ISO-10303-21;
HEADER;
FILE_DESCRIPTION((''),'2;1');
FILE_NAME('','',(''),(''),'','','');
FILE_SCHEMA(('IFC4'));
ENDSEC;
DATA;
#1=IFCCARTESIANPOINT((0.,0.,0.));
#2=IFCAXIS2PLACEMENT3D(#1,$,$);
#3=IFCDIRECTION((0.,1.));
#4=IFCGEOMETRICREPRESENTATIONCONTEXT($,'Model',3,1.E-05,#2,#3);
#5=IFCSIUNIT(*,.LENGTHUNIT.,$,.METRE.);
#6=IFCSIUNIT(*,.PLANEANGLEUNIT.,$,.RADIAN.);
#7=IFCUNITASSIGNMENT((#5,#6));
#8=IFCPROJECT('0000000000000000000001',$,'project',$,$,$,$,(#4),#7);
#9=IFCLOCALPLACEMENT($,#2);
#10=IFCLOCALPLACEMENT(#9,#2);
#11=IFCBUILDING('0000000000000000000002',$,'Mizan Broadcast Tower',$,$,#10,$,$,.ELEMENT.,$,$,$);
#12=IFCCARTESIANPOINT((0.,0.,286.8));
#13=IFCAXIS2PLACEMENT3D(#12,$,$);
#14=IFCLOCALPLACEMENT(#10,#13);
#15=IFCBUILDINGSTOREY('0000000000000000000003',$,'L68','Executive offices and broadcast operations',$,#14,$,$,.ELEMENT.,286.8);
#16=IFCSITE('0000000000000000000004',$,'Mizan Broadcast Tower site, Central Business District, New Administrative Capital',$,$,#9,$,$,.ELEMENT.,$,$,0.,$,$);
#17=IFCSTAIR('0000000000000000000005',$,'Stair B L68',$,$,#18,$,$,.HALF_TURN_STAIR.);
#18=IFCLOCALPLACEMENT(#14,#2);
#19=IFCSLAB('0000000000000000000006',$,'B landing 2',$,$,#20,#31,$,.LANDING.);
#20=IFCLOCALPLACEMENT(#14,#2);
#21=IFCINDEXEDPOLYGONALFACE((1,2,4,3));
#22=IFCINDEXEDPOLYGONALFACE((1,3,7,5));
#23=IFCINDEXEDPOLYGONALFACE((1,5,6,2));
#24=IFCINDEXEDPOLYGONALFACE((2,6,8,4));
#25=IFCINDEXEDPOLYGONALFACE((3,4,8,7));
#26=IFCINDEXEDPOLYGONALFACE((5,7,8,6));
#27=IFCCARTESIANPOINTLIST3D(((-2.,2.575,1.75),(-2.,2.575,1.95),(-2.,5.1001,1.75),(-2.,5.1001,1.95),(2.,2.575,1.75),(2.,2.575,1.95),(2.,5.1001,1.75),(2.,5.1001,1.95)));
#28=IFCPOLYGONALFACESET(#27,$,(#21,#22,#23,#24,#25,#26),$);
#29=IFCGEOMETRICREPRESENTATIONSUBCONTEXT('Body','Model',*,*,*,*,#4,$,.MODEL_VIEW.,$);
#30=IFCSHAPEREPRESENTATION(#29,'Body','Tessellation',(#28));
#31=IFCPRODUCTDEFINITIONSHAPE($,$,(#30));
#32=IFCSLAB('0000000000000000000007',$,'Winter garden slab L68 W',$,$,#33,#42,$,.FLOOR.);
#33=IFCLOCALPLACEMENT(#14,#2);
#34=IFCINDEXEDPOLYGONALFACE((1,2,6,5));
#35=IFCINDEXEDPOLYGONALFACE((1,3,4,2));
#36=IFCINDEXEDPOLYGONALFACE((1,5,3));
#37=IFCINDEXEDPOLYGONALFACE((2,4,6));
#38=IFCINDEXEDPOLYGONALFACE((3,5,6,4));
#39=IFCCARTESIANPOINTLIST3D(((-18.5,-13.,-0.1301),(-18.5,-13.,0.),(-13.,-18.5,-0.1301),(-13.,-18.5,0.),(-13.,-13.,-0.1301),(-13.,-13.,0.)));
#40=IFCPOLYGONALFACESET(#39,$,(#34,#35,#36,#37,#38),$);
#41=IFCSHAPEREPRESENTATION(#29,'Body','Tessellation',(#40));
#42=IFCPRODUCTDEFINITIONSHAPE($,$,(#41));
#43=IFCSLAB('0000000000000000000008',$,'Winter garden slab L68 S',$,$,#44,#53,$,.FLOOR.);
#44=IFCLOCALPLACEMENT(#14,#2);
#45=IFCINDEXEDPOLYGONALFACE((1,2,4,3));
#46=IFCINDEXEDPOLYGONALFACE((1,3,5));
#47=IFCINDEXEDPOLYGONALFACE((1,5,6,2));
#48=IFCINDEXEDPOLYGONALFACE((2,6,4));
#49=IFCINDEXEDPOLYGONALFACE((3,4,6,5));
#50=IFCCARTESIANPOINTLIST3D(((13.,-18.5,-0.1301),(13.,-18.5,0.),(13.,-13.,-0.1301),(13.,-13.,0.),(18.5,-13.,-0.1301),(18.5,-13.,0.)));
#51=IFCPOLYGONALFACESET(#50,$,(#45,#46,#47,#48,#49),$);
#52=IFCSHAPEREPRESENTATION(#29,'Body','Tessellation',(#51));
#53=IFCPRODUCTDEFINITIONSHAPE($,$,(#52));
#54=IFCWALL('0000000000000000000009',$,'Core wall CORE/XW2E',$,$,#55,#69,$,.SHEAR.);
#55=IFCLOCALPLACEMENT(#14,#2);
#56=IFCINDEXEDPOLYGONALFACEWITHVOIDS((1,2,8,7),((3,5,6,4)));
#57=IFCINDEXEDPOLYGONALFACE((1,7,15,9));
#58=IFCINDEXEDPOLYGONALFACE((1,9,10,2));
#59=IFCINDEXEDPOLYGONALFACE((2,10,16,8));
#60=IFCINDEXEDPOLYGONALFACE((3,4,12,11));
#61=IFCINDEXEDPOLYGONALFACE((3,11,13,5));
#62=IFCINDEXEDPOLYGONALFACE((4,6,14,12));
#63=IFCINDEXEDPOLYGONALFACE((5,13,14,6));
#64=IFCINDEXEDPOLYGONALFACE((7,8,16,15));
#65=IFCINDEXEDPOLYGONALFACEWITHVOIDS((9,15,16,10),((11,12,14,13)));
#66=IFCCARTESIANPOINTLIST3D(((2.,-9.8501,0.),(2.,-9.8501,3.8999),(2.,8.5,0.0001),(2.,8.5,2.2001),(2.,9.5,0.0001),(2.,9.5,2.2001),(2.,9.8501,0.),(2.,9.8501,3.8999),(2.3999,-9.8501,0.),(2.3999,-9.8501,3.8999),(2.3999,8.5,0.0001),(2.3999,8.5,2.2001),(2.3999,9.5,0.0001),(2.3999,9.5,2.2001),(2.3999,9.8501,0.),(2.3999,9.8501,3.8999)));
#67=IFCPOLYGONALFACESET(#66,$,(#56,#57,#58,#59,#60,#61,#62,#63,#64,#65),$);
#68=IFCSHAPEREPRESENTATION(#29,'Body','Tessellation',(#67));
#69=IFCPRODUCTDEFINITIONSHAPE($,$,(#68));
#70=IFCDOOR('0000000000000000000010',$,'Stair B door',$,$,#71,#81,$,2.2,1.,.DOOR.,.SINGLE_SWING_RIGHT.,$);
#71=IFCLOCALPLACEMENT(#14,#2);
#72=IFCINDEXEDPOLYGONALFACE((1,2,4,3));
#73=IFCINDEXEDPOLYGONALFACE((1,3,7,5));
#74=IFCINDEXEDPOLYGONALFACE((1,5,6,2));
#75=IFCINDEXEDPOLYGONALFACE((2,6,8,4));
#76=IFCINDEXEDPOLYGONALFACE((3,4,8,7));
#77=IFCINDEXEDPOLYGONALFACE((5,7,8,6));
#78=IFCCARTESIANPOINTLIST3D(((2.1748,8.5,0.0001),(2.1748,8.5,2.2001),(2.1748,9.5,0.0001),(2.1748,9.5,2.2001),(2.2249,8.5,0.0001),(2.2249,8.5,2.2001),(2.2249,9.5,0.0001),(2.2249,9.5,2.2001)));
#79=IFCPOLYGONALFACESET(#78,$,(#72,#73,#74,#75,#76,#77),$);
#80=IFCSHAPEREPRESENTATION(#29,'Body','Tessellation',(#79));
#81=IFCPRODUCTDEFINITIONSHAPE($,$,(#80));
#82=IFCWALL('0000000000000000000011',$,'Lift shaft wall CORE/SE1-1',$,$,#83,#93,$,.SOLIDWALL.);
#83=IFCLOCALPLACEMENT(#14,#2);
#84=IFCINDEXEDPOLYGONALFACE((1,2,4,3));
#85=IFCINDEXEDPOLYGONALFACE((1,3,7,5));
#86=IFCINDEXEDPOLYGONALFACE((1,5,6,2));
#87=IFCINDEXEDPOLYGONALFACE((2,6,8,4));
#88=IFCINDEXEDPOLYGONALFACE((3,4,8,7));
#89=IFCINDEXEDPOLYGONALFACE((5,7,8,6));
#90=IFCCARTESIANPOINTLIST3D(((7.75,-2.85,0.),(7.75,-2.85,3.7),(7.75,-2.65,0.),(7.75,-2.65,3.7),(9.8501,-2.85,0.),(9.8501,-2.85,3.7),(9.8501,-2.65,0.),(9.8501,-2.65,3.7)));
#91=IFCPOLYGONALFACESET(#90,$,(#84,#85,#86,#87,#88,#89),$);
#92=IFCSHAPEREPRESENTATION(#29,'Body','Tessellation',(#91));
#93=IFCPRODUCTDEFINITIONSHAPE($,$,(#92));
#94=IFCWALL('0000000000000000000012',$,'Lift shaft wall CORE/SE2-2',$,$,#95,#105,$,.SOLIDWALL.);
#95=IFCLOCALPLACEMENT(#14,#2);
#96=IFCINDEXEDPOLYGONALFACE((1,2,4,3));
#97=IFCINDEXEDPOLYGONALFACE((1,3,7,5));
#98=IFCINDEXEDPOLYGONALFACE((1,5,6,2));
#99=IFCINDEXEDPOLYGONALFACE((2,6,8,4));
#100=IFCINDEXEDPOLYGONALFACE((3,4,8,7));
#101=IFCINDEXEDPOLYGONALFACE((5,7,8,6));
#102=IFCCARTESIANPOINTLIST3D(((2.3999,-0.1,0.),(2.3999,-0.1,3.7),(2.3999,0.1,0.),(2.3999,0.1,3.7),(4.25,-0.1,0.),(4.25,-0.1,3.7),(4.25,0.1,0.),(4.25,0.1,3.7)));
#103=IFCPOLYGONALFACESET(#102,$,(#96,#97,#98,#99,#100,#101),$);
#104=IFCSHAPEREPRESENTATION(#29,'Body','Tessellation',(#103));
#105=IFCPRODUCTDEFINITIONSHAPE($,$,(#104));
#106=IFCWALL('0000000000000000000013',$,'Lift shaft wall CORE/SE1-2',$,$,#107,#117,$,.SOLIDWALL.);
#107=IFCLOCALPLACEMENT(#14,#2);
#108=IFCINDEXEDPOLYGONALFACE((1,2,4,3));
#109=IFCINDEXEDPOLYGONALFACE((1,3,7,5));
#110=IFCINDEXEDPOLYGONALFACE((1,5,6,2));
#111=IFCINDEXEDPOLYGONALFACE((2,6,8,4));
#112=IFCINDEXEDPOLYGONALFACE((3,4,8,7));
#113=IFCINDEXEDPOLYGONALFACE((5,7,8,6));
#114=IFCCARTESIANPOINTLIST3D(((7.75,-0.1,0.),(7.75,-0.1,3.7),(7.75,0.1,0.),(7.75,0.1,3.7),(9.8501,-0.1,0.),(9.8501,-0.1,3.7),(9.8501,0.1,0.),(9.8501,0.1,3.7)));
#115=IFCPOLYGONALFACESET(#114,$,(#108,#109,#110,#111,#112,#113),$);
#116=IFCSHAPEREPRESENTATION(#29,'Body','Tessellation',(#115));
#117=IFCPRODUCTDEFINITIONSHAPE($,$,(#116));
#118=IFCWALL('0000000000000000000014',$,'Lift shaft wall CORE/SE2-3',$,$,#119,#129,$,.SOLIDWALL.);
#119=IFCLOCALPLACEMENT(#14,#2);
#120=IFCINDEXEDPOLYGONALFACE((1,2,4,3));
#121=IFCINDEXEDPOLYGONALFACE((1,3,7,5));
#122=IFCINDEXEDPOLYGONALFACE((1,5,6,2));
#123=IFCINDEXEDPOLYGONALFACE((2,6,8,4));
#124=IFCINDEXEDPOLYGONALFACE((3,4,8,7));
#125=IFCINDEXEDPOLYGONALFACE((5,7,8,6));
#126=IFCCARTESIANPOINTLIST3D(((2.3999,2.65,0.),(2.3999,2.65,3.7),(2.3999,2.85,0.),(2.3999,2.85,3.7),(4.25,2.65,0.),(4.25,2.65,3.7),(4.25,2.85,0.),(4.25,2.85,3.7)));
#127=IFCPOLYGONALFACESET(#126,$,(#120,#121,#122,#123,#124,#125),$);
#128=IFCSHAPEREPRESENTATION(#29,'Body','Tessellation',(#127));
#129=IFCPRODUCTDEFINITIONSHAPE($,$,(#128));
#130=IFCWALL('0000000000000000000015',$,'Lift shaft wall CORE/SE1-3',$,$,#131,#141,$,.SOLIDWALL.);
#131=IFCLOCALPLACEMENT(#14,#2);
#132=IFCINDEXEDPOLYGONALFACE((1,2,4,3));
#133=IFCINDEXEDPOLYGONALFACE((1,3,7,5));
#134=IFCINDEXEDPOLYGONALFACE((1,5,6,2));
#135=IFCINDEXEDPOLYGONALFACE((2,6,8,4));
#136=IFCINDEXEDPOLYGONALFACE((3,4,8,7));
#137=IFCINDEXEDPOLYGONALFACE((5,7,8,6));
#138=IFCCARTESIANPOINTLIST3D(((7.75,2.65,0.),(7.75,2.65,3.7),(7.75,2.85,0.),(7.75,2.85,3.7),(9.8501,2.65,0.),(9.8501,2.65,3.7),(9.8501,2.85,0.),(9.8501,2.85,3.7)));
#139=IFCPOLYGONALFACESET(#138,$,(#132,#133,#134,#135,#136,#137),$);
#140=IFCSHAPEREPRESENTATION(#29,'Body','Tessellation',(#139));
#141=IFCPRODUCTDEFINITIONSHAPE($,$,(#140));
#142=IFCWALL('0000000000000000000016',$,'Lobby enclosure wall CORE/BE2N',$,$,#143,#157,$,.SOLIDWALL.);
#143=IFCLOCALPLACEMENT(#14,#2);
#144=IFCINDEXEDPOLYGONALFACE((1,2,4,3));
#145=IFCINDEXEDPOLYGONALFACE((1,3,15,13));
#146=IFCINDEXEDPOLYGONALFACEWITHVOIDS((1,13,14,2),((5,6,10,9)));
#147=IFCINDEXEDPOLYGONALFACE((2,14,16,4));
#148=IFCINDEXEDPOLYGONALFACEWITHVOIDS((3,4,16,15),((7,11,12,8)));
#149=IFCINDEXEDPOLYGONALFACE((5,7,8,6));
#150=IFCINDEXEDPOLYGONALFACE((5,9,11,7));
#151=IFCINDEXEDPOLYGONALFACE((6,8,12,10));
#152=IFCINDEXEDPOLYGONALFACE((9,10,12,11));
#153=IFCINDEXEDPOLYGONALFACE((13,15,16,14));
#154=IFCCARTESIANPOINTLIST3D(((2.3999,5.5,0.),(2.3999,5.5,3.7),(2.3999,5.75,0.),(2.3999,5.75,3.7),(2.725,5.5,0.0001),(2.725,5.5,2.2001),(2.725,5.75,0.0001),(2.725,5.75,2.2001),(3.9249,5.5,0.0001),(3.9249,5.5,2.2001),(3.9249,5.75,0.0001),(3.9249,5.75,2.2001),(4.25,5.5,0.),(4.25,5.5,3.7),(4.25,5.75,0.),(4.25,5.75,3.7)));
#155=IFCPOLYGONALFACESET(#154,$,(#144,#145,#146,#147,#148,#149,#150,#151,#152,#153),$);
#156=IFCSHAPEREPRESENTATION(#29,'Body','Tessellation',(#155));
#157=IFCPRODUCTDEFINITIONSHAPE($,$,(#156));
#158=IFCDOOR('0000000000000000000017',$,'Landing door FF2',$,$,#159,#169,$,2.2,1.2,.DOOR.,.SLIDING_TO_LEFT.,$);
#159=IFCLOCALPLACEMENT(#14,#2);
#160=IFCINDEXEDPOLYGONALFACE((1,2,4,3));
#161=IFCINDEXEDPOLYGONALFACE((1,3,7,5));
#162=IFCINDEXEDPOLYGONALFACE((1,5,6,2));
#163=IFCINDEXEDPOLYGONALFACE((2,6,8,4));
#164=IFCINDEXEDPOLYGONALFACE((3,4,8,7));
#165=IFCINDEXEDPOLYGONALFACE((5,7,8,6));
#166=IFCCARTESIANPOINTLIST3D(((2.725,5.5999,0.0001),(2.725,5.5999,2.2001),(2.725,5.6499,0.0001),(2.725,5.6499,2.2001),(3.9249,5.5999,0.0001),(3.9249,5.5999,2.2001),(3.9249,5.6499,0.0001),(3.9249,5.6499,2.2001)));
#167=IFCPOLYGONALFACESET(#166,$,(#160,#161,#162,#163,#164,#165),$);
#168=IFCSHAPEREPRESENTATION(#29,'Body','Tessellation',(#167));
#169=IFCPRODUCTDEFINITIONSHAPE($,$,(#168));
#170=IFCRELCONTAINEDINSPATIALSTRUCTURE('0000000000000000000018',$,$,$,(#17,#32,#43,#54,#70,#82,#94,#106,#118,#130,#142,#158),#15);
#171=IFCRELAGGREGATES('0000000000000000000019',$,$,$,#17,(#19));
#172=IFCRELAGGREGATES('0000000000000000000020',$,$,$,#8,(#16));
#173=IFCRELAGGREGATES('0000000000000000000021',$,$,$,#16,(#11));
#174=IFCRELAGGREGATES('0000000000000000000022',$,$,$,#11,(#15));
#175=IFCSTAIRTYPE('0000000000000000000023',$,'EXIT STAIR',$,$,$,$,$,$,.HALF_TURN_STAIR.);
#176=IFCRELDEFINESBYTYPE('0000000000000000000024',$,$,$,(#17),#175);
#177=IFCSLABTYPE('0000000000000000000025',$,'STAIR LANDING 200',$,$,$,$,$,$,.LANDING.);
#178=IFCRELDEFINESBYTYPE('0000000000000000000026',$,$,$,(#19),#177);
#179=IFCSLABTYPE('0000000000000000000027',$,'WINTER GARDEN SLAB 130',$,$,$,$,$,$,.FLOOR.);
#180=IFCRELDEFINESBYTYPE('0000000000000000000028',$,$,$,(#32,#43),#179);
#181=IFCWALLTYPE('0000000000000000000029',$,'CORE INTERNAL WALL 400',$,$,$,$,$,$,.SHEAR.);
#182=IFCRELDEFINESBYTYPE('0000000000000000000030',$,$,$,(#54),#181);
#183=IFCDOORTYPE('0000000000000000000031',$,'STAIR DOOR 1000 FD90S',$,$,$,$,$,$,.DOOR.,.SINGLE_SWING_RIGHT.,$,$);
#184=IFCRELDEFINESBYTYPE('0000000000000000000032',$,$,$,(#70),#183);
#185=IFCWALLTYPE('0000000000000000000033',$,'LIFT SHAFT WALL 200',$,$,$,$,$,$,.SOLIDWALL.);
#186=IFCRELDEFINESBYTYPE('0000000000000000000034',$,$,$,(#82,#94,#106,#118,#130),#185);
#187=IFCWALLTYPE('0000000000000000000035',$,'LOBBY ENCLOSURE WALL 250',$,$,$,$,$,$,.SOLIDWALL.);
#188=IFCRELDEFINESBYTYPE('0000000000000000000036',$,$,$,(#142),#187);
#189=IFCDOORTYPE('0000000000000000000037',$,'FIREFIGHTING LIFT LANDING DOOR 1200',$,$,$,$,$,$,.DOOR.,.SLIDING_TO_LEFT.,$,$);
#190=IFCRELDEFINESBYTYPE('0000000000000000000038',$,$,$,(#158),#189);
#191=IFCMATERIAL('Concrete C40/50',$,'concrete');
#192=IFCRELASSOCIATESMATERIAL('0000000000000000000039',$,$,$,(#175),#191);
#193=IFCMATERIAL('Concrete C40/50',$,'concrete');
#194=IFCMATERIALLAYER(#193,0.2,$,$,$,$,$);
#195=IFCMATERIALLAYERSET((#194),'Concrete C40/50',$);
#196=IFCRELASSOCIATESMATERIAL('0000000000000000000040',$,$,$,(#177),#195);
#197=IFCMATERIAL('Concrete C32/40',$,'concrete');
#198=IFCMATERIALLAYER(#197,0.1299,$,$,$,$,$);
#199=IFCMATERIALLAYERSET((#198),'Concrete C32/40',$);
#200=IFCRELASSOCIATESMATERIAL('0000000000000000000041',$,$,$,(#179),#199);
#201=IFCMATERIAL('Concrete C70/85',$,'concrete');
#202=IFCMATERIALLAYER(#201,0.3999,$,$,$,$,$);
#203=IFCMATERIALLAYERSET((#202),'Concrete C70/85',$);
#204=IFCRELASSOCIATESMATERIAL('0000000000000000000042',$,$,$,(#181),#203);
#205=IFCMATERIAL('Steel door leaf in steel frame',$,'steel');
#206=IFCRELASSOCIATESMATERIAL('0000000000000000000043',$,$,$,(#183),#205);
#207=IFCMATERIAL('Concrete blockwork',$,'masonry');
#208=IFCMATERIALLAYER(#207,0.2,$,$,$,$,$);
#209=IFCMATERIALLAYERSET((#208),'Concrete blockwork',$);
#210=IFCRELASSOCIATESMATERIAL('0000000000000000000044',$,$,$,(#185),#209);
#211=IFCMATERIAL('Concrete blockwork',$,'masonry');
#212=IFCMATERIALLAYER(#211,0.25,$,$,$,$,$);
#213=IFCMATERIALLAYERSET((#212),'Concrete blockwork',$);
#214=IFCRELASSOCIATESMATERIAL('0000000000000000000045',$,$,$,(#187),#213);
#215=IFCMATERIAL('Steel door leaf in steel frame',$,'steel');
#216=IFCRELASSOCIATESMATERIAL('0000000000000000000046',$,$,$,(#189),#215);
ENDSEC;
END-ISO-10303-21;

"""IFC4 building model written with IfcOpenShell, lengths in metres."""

from ifc_helpers import new_model, si_unit, direction, frame, frame_2d, origin, place, context, subcontext, project, spatial, polyline, rectangle, outline, extrude, material, layer, layer_set, type_object, element, fill, aggregate, save


model = new_model("IFC4")

# Units and contexts
model_context = context("Model", 3, precision=1e-05, world=origin(), true_north=direction((0.0, 1.0)))
body_context = subcontext(model_context, "Body", "Model", "MODEL_VIEW")
ifc_project = project(units=[si_unit("LENGTHUNIT", "METRE"), si_unit("PLANEANGLEUNIT", "RADIAN")], contexts=[model_context])

# Site, building, storey
site_placement = place(None, origin())
site = spatial("IfcSite", under=ifc_project, at=site_placement, Name="Mizan Broadcast Tower site, Central Business District, New Administrative Capital", CompositionType="ELEMENT", RefElevation=0.0)
building_placement = place(site_placement, origin())
building = spatial("IfcBuilding", under=site, at=building_placement, Name="Mizan Broadcast Tower", CompositionType="ELEMENT")
storey_placement = place(building_placement, frame((0.0, 0.0, 286.8)))
storey = spatial("IfcBuildingStorey", under=building, at=storey_placement, Name="L68", Description="Executive offices and broadcast operations", CompositionType="ELEMENT", Elevation=286.8)

# Stair, slab
ifc_material_1 = material(Name="Concrete C40/50", Category="concrete")
stair_type = type_object("IfcStairType", Name="EXIT STAIR", PredefinedType="HALF_TURN_STAIR", material=ifc_material_1)
ifc_material_2 = material(Name="Concrete C40/50", Category="concrete")
ifc_layer_1 = layer(ifc_material_2, 0.2)
ifc_layer_set_1 = layer_set([ifc_layer_1], Name="Concrete C40/50")
slab_type_1 = type_object("IfcSlabType", Name="STAIR LANDING 200", PredefinedType="LANDING", material=ifc_layer_set_1)
stair_1_placement = place(storey_placement, origin())
stair_1 = element("IfcStair", 1, at=stair_1_placement, inside=storey, type_object=stair_type, Name="Stair B L68", PredefinedType="HALF_TURN_STAIR")
slab_1_placement = place(storey_placement, frame((0.0, 0.0, 1.75)))
slab_1 = element("IfcSlab", 2, at=slab_1_placement, type_object=slab_type_1, Name="B landing 2", PredefinedType="LANDING", context=body_context, shape_type="SweptSolid", body=[
    extrude(outline(polyline([(2.0, 5.1001), (2.0, 2.575), (-2.0, 2.575), (-2.0, 5.1001), (2.0, 5.1001)])), origin(), (0.0, 0.0, 1.0), 0.2),
])

# Slabs
ifc_material_3 = material(Name="Concrete C32/40", Category="concrete")
ifc_layer_2 = layer(ifc_material_3, 0.1299)
ifc_layer_set_2 = layer_set([ifc_layer_2], Name="Concrete C32/40")
slab_type_2 = type_object("IfcSlabType", Name="WINTER GARDEN SLAB 130", PredefinedType="FLOOR", material=ifc_layer_set_2)
slab_2_placement = place(storey_placement, frame((0.0, 0.0, -0.1301)))
element("IfcSlab", 3, at=slab_2_placement, inside=storey, type_object=slab_type_2, Name="Winter garden slab L68 W", PredefinedType="FLOOR", context=body_context, shape_type="SweptSolid", body=[
    extrude(outline(polyline([(-13.0, -13.0), (-18.5, -13.0), (-13.0, -18.5), (-13.0, -13.0)])), origin(), (0.0, 0.0, 1.0), 0.1301),
])
slab_3_placement = place(storey_placement, frame((0.0, 0.0, -0.1301)))
element("IfcSlab", 4, at=slab_3_placement, inside=storey, type_object=slab_type_2, Name="Winter garden slab L68 S", PredefinedType="FLOOR", context=body_context, shape_type="SweptSolid", body=[
    extrude(outline(polyline([(13.0, -13.0), (13.0, -18.5), (18.5, -13.0), (13.0, -13.0)])), origin(), (0.0, 0.0, 1.0), 0.1301),
])

# Wall, opening, door
ifc_material_4 = material(Name="Concrete C70/85", Category="concrete")
ifc_layer_3 = layer(ifc_material_4, 0.3999)
ifc_layer_set_3 = layer_set([ifc_layer_3], Name="Concrete C70/85")
wall_type_1 = type_object("IfcWallType", Name="CORE INTERNAL WALL 400", PredefinedType="SHEAR", material=ifc_layer_set_3)
wall_1_placement = place(storey_placement, frame((2.2, 9.8501, 0.0), z_axis=(0.0, 0.0, 1.0), x_axis=(0.0, -1.0, 0.0)))
wall_1 = element("IfcWall", 5, at=wall_1_placement, inside=storey, type_object=wall_type_1, Name="Core wall CORE/XW2E", PredefinedType="SHEAR", context=body_context, shape_type="SweptSolid", body=[
    extrude(rectangle(XDim=19.7002, YDim=0.3999, at=frame_2d((9.8501, 0.0))), origin(), (0.0, 0.0, 1.0), 3.8999),
])
opening_1_placement = place(wall_1_placement, frame((0.3501, 0.0, 0.0)))
opening_1 = element("IfcOpeningElement", 6, at=opening_1_placement, cuts=wall_1, PredefinedType="OPENING", context=body_context, shape_type="SweptSolid", body=[
    extrude(rectangle(XDim=1.0, YDim=2.2, at=frame_2d((0.5, 1.1001))), frame((0.0, 0.21, 0.0), z_axis=(0.0, -1.0, 0.0), x_axis=(1.0, 0.0, 0.0)), (0.0, 0.0, 1.0), 0.4199),
])
ifc_material_5 = material(Name="Steel door leaf in steel frame", Category="steel")
door_type_1 = type_object("IfcDoorType", Name="STAIR DOOR 1000 FD90S", OperationType="SINGLE_SWING_RIGHT", PredefinedType="DOOR", material=ifc_material_5)
door_1_placement = place(opening_1_placement, origin())
door_1 = element("IfcDoor", 7, at=door_1_placement, inside=storey, type_object=door_type_1, Name="Stair B door", OperationType="SINGLE_SWING_RIGHT", OverallHeight=2.2, OverallWidth=1.0, PredefinedType="DOOR", context=body_context, shape_type="SweptSolid", body=[
    extrude(rectangle(XDim=1.0, YDim=2.2, at=frame_2d((0.5, 1.1001))), frame((0.0, 0.0249, 0.0), z_axis=(0.0, -1.0, 0.0), x_axis=(1.0, 0.0, 0.0)), (0.0, 0.0, 1.0), 0.05),
])
fill(opening_1, door_1)

# Walls
ifc_material_6 = material(Name="Concrete blockwork", Category="masonry")
ifc_layer_4 = layer(ifc_material_6, 0.2)
ifc_layer_set_4 = layer_set([ifc_layer_4], Name="Concrete blockwork")
wall_type_2 = type_object("IfcWallType", Name="LIFT SHAFT WALL 200", PredefinedType="SOLIDWALL", material=ifc_layer_set_4)
wall_2_placement = place(storey_placement, frame((7.75, -2.75, 0.0), z_axis=(0.0, 0.0, 1.0), x_axis=(1.0, 0.0, 0.0)))
element("IfcWall", 8, at=wall_2_placement, inside=storey, type_object=wall_type_2, Name="Lift shaft wall CORE/SE1-1", PredefinedType="SOLIDWALL", context=body_context, shape_type="SweptSolid", body=[
    extrude(rectangle(XDim=2.1001, YDim=0.2, at=frame_2d((1.05, 0.0))), origin(), (0.0, 0.0, 1.0), 3.7),
])
wall_3_placement = place(storey_placement, frame((2.3999, 0.0, 0.0), z_axis=(0.0, 0.0, 1.0), x_axis=(1.0, 0.0, 0.0)))
element("IfcWall", 9, at=wall_3_placement, inside=storey, type_object=wall_type_2, Name="Lift shaft wall CORE/SE2-2", PredefinedType="SOLIDWALL", context=body_context, shape_type="SweptSolid", body=[
    extrude(rectangle(XDim=1.8501, YDim=0.2, at=frame_2d((0.925, 0.0))), origin(), (0.0, 0.0, 1.0), 3.7),
])
wall_4_placement = place(storey_placement, frame((7.75, 0.0, 0.0), z_axis=(0.0, 0.0, 1.0), x_axis=(1.0, 0.0, 0.0)))
element("IfcWall", 10, at=wall_4_placement, inside=storey, type_object=wall_type_2, Name="Lift shaft wall CORE/SE1-2", PredefinedType="SOLIDWALL", context=body_context, shape_type="SweptSolid", body=[
    extrude(rectangle(XDim=2.1001, YDim=0.2, at=frame_2d((1.05, 0.0))), origin(), (0.0, 0.0, 1.0), 3.7),
])
wall_5_placement = place(storey_placement, frame((2.3999, 2.75, 0.0), z_axis=(0.0, 0.0, 1.0), x_axis=(1.0, 0.0, 0.0)))
element("IfcWall", 11, at=wall_5_placement, inside=storey, type_object=wall_type_2, Name="Lift shaft wall CORE/SE2-3", PredefinedType="SOLIDWALL", context=body_context, shape_type="SweptSolid", body=[
    extrude(rectangle(XDim=1.8501, YDim=0.2, at=frame_2d((0.925, 0.0))), origin(), (0.0, 0.0, 1.0), 3.7),
])
wall_6_placement = place(storey_placement, frame((7.75, 2.75, 0.0), z_axis=(0.0, 0.0, 1.0), x_axis=(1.0, 0.0, 0.0)))
element("IfcWall", 12, at=wall_6_placement, inside=storey, type_object=wall_type_2, Name="Lift shaft wall CORE/SE1-3", PredefinedType="SOLIDWALL", context=body_context, shape_type="SweptSolid", body=[
    extrude(rectangle(XDim=2.1001, YDim=0.2, at=frame_2d((1.05, 0.0))), origin(), (0.0, 0.0, 1.0), 3.7),
])

# Wall, opening, door
ifc_material_7 = material(Name="Concrete blockwork", Category="masonry")
ifc_layer_5 = layer(ifc_material_7, 0.25)
ifc_layer_set_5 = layer_set([ifc_layer_5], Name="Concrete blockwork")
wall_type_3 = type_object("IfcWallType", Name="LOBBY ENCLOSURE WALL 250", PredefinedType="SOLIDWALL", material=ifc_layer_set_5)
wall_7_placement = place(storey_placement, frame((2.3999, 5.625, 0.0), z_axis=(0.0, 0.0, 1.0), x_axis=(1.0, 0.0, 0.0)))
wall_7 = element("IfcWall", 13, at=wall_7_placement, inside=storey, type_object=wall_type_3, Name="Lobby enclosure wall CORE/BE2N", PredefinedType="SOLIDWALL", context=body_context, shape_type="SweptSolid", body=[
    extrude(rectangle(XDim=1.8501, YDim=0.25, at=frame_2d((0.925, 0.0))), origin(), (0.0, 0.0, 1.0), 3.7),
])
opening_2_placement = place(wall_7_placement, frame((0.325, 0.0, 0.0)))
opening_2 = element("IfcOpeningElement", 14, at=opening_2_placement, cuts=wall_7, PredefinedType="OPENING", context=body_context, shape_type="SweptSolid", body=[
    extrude(rectangle(XDim=1.2, YDim=2.2, at=frame_2d((0.6001, 1.1001))), frame((0.0, 0.135, 0.0), z_axis=(0.0, -1.0, 0.0), x_axis=(1.0, 0.0, 0.0)), (0.0, 0.0, 1.0), 0.27),
])
ifc_material_8 = material(Name="Steel door leaf in steel frame", Category="steel")
door_type_2 = type_object("IfcDoorType", Name="FIREFIGHTING LIFT LANDING DOOR 1200", OperationType="SLIDING_TO_LEFT", PredefinedType="DOOR", material=ifc_material_8)
door_2_placement = place(opening_2_placement, origin())
door_2 = element("IfcDoor", 15, at=door_2_placement, inside=storey, type_object=door_type_2, Name="Landing door FF2", OperationType="SLIDING_TO_LEFT", OverallHeight=2.2, OverallWidth=1.2, PredefinedType="DOOR", context=body_context, shape_type="SweptSolid", body=[
    extrude(rectangle(XDim=1.2, YDim=2.2, at=frame_2d((0.6001, 1.1001))), frame((0.0, 0.0249, 0.0), z_axis=(0.0, -1.0, 0.0), x_axis=(1.0, 0.0, 0.0)), (0.0, 0.0, 1.0), 0.05),
])
fill(opening_2, door_2)

aggregate(stair_1, [slab_1])

save(model, "model.ifc")
